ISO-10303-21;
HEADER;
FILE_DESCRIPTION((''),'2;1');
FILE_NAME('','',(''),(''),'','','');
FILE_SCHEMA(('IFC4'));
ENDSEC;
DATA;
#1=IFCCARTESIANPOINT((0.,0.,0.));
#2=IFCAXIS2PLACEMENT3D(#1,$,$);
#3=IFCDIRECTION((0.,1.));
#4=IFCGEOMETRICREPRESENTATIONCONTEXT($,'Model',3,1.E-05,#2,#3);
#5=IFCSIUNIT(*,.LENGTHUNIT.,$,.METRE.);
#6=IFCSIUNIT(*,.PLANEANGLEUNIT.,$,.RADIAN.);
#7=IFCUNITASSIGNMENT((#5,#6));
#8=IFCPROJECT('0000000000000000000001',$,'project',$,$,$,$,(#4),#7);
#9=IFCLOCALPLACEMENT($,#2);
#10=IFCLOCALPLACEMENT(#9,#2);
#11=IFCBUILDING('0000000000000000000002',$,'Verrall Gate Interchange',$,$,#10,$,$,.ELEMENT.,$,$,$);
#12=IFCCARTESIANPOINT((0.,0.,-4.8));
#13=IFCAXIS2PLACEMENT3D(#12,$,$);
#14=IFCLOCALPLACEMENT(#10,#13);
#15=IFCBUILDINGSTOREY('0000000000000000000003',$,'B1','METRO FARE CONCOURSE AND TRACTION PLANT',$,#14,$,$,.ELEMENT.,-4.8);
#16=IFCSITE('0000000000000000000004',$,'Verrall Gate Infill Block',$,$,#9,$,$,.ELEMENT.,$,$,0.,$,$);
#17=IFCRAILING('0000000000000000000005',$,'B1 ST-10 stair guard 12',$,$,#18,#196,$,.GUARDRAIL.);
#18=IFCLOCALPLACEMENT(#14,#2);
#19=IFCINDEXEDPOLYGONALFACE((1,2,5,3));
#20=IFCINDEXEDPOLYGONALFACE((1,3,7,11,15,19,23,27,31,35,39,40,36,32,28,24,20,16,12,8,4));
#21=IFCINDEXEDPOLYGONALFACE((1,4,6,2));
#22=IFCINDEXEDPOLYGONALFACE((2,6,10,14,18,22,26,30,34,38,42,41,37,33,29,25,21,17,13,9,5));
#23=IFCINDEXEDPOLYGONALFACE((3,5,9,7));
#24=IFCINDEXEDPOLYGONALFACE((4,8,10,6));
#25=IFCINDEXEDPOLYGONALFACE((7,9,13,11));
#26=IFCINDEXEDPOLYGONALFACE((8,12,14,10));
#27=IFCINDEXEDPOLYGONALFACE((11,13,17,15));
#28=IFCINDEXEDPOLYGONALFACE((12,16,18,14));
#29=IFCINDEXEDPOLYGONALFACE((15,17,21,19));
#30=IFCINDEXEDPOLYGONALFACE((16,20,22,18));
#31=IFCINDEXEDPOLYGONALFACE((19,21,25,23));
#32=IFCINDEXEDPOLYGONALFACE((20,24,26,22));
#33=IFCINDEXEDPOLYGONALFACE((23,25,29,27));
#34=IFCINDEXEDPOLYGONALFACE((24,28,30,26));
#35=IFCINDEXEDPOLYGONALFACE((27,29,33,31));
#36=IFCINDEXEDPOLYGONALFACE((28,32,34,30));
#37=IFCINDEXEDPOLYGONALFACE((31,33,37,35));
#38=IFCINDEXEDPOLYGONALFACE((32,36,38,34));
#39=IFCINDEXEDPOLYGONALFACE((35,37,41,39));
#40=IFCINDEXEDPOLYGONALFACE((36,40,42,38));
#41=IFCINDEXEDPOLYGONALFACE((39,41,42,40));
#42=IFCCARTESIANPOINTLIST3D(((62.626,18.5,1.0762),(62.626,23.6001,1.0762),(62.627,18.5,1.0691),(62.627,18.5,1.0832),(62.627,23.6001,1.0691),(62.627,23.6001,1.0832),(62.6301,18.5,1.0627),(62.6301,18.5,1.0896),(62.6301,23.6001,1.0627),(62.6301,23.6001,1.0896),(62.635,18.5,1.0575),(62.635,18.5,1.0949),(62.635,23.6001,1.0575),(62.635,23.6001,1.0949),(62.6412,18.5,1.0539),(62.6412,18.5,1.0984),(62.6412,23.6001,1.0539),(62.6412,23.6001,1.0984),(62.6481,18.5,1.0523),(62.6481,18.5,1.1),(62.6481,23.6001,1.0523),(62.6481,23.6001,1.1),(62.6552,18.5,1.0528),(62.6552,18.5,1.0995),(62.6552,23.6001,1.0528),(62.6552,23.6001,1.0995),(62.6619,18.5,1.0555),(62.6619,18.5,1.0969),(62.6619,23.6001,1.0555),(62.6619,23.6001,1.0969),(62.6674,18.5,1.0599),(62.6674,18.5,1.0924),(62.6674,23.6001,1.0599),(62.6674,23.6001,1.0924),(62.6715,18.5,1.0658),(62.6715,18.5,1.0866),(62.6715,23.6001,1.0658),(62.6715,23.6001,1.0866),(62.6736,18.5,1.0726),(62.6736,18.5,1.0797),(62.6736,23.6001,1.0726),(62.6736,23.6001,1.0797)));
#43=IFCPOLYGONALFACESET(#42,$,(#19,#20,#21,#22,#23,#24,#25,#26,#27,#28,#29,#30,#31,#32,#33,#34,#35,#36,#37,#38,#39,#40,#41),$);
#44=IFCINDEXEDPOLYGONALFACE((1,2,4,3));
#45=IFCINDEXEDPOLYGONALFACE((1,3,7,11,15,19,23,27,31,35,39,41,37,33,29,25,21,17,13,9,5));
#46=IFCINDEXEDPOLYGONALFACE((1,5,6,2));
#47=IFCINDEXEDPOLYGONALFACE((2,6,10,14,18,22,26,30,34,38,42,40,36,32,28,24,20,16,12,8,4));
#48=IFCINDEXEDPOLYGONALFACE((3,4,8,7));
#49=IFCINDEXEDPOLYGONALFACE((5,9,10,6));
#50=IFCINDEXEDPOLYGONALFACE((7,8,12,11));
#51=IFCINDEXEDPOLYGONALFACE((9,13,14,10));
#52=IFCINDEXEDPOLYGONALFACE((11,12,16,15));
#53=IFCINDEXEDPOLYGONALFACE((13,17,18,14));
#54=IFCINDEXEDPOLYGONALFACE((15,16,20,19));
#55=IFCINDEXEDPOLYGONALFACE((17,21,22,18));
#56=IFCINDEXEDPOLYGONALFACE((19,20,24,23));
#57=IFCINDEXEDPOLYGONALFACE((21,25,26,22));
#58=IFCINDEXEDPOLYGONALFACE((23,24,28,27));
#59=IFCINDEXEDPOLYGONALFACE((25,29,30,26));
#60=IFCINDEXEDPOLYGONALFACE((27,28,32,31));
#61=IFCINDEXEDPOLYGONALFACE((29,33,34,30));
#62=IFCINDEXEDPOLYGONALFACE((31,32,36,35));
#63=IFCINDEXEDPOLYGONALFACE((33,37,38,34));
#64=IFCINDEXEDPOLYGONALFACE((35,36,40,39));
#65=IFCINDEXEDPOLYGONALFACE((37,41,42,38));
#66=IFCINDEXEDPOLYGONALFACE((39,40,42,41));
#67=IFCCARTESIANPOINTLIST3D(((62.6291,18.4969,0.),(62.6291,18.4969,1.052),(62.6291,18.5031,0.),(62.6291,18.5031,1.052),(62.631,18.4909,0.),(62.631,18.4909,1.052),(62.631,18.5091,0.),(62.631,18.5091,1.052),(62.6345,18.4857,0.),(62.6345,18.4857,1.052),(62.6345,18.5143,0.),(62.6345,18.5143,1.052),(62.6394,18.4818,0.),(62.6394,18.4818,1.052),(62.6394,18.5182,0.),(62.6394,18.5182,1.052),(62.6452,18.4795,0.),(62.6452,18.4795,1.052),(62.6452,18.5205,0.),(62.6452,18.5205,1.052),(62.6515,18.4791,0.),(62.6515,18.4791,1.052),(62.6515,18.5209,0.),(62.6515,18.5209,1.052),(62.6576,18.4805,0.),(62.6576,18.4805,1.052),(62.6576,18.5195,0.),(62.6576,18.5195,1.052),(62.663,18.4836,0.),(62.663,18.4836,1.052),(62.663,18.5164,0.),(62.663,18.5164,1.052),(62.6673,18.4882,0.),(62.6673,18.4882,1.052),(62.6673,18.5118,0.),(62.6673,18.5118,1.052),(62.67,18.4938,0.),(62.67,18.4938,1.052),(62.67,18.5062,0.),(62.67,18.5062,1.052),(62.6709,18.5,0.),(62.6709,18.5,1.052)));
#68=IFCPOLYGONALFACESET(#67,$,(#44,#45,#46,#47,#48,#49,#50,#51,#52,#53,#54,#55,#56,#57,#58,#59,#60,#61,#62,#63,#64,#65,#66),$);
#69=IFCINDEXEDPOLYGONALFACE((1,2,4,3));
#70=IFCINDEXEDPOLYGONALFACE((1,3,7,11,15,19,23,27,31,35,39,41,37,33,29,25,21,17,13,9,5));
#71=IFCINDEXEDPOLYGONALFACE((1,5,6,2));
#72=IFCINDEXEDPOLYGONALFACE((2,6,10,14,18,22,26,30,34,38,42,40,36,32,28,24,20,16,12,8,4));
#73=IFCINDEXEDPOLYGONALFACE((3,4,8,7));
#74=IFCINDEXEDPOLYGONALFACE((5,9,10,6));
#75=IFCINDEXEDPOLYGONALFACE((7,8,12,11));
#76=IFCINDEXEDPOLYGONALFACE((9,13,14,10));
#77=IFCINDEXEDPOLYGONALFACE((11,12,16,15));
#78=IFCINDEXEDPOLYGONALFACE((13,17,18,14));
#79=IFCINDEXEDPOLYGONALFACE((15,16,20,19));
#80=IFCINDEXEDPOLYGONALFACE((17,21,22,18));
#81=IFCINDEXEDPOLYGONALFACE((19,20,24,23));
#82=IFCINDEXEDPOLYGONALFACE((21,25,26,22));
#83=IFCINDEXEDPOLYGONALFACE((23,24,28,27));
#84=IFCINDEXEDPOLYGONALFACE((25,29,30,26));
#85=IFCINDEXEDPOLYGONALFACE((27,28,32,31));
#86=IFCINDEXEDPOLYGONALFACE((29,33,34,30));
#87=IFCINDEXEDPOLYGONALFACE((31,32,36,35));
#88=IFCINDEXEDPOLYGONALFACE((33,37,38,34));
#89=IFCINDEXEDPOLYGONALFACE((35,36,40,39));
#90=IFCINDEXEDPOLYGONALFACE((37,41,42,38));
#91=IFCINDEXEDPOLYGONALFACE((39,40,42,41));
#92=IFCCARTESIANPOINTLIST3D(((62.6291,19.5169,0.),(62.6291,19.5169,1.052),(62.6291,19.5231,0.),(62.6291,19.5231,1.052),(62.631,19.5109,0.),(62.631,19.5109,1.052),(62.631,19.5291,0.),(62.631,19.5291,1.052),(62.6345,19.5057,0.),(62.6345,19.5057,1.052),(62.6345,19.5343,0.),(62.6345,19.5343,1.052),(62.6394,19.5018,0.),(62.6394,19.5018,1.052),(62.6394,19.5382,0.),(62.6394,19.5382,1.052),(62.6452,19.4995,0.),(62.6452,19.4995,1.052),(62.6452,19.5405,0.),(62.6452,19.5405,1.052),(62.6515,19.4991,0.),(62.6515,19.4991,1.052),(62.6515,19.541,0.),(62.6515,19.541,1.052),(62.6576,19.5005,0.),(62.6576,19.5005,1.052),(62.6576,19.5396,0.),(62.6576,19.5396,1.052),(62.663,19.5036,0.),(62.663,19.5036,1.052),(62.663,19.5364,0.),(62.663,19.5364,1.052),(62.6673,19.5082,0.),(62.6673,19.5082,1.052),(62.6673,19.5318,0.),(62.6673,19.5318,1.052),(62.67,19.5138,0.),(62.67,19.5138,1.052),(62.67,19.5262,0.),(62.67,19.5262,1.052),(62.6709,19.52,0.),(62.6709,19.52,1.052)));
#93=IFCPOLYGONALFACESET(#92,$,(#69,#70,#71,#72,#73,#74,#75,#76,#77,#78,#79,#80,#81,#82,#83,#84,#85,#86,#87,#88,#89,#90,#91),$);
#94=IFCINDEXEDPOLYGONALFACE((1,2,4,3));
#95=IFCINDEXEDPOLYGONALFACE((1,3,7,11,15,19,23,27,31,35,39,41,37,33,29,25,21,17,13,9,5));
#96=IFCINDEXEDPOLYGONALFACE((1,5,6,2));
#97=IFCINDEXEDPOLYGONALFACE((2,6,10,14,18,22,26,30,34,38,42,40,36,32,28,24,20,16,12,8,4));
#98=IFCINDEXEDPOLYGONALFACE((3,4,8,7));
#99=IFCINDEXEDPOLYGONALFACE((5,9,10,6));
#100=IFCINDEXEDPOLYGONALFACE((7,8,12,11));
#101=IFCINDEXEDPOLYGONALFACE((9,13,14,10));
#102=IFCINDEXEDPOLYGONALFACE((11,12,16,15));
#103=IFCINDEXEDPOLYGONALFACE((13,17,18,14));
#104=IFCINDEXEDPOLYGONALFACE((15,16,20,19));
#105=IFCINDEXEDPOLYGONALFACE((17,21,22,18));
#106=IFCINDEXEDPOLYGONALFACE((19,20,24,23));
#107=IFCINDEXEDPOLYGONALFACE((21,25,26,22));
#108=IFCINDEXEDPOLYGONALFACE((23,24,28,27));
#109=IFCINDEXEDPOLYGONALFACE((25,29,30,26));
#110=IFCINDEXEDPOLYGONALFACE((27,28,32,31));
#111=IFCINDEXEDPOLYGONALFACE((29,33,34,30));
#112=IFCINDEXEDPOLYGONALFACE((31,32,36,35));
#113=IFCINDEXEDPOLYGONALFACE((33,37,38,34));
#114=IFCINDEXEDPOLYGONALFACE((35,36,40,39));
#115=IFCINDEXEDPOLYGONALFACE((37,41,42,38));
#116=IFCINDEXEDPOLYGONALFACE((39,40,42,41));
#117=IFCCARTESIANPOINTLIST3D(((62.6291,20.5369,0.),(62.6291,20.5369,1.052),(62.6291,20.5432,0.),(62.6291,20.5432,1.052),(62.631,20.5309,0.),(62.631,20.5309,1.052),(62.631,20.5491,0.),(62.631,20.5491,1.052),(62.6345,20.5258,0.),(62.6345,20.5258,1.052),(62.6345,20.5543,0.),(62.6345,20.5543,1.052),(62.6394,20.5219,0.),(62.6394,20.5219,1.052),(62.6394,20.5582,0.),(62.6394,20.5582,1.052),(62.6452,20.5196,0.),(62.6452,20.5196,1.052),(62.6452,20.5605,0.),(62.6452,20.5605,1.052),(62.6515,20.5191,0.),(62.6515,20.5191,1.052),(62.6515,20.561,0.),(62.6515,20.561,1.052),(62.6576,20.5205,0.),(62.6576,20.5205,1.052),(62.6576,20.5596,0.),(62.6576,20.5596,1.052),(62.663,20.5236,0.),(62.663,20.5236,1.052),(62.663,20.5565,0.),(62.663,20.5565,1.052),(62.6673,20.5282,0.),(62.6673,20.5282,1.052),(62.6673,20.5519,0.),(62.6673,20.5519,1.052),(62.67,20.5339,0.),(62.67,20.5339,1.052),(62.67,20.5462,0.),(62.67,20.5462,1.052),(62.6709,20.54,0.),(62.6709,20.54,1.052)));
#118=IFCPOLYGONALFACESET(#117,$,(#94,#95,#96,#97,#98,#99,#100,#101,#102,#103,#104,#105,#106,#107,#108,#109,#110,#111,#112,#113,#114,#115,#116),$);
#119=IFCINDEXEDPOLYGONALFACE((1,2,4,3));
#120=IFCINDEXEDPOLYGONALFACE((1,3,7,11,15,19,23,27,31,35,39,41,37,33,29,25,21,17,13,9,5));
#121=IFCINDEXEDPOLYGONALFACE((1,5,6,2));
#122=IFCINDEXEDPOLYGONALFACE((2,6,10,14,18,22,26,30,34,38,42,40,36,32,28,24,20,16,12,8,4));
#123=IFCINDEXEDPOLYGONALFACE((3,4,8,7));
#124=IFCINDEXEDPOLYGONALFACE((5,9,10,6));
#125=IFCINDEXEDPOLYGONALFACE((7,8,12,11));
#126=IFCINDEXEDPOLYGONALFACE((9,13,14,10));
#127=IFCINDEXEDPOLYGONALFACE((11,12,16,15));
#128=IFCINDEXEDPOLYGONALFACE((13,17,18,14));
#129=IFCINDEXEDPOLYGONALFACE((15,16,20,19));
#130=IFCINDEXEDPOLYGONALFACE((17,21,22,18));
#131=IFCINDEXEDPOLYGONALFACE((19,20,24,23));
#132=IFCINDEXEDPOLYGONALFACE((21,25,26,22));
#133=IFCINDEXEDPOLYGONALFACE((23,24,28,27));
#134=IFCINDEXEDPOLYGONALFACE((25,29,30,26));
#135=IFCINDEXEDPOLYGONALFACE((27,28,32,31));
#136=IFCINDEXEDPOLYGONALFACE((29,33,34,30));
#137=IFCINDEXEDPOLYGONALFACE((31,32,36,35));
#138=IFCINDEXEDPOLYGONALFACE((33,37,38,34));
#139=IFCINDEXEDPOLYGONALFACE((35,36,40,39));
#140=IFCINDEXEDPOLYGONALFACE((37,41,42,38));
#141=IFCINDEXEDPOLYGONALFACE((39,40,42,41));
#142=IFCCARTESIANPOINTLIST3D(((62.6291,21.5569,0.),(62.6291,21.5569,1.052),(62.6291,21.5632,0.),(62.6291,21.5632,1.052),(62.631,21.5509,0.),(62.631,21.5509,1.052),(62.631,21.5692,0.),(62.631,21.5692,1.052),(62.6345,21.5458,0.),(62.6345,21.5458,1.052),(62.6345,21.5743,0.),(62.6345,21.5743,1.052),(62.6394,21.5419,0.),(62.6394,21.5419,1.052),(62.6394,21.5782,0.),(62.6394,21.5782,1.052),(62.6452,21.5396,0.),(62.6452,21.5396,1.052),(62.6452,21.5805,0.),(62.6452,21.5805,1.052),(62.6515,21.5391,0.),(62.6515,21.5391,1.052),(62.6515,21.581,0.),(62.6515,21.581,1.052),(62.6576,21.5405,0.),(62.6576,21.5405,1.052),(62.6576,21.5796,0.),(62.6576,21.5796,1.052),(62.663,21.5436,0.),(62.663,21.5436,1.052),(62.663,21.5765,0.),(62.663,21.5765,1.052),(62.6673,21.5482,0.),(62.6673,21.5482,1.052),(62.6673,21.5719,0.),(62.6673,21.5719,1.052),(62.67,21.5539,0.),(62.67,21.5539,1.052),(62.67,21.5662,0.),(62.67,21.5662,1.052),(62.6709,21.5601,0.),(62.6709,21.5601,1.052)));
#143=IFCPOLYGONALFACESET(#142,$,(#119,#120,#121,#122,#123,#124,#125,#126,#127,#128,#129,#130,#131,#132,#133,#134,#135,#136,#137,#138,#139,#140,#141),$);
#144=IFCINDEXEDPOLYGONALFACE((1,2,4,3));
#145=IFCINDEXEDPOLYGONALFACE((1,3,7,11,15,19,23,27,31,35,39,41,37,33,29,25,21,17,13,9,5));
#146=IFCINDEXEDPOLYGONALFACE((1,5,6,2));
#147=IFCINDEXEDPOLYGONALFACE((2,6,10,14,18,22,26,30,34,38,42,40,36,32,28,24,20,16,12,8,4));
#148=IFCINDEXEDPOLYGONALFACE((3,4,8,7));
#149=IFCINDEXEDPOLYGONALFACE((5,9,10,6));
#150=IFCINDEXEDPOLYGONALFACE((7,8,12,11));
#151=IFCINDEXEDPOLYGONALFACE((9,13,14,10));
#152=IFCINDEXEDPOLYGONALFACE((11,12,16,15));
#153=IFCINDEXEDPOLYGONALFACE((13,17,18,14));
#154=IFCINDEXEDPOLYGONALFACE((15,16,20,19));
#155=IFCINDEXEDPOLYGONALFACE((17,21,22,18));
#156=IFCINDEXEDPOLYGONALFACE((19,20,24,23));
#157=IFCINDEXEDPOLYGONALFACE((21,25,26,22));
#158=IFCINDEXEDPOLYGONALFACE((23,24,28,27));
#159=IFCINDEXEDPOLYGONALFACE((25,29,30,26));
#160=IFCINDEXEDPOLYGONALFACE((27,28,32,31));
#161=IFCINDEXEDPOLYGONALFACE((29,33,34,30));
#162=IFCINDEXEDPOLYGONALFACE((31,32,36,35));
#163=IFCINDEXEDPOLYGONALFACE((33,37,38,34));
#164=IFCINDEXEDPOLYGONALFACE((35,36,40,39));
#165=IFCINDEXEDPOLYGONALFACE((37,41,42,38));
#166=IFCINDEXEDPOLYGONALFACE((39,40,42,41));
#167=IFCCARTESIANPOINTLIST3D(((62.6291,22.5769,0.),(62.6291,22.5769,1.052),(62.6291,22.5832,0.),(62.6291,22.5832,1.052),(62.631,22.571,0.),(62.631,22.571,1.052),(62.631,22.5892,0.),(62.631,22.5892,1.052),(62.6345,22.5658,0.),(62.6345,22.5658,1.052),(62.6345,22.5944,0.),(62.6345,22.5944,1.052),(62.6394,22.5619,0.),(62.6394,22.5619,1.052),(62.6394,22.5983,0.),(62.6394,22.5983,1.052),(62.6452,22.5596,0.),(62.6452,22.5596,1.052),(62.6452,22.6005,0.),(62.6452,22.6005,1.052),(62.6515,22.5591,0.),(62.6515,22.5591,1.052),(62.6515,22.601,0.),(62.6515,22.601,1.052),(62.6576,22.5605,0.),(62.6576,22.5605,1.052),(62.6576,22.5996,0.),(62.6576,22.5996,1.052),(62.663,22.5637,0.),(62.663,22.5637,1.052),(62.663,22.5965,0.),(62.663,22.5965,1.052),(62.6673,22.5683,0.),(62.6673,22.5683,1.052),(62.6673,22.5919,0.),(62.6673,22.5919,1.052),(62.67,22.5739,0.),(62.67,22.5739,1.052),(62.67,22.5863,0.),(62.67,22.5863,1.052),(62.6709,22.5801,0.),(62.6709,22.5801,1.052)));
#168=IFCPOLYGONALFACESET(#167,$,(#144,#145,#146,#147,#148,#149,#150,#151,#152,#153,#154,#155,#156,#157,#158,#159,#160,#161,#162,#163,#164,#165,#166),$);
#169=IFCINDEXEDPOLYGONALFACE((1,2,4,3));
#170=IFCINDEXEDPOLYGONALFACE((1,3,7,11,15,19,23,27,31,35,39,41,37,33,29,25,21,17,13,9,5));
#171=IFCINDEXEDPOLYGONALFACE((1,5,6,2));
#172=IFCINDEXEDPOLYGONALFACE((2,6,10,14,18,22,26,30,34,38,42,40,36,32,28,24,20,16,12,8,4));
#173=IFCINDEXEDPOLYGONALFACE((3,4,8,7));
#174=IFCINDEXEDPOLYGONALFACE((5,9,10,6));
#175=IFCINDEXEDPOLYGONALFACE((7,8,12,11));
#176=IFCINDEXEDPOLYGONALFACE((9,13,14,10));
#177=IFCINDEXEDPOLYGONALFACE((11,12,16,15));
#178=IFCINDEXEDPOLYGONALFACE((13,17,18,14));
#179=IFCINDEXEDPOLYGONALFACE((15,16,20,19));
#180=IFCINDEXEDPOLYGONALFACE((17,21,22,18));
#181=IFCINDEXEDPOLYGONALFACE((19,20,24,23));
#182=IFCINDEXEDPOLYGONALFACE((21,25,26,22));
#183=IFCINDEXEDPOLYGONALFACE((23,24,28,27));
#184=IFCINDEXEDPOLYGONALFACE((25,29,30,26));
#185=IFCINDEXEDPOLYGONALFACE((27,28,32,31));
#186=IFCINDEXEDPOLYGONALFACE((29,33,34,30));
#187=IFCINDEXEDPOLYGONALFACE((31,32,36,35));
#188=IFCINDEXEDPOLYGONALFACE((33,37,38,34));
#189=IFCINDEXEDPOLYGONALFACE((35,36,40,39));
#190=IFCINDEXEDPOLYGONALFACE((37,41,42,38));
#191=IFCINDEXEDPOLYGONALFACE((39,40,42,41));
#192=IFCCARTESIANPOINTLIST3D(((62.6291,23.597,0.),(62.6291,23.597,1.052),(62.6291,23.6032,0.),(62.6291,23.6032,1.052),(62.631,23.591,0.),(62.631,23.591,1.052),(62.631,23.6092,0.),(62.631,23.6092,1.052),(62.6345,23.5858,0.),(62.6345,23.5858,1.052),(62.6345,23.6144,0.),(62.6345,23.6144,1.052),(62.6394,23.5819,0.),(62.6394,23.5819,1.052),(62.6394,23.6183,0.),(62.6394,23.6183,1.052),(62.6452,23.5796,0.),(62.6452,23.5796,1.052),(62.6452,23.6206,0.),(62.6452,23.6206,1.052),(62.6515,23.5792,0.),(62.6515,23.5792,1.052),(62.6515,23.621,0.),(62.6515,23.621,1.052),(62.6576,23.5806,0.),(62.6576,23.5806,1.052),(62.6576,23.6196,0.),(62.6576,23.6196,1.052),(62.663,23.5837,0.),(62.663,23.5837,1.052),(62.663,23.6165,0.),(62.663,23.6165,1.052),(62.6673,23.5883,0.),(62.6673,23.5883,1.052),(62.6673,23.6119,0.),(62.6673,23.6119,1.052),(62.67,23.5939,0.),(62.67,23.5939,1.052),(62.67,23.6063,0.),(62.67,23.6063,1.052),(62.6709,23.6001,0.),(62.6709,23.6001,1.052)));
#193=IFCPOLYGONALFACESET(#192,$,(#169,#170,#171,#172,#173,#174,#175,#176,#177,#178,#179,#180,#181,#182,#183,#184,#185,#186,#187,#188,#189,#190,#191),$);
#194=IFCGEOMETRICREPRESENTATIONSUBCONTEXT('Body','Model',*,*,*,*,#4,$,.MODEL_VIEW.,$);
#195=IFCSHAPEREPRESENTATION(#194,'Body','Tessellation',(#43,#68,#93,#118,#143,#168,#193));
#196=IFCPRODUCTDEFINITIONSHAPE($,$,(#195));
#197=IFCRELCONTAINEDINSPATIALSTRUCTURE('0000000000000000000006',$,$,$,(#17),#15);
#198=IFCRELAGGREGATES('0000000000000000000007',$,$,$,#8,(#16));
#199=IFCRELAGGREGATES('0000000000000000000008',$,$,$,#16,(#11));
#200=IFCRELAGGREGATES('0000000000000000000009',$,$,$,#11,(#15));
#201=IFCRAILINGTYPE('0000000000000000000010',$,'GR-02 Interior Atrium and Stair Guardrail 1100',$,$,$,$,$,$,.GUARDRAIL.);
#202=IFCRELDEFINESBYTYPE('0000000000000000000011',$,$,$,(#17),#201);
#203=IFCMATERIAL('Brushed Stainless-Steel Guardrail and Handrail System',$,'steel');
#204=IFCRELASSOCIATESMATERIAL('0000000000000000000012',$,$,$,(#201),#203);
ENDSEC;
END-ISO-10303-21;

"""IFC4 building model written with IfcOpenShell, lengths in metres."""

from ifc_helpers import new_model, si_unit, direction, frame, origin, origin_2d, place, context, subcontext, project, spatial, circle, extrude, material, type_object, element, save


model = new_model("IFC4")

# Units and contexts
model_context = context("Model", 3, precision=1e-05, world=origin(), true_north=direction((0.0, 1.0)))
body_context = subcontext(model_context, "Body", "Model", "MODEL_VIEW")
ifc_project = project(units=[si_unit("LENGTHUNIT", "METRE"), si_unit("PLANEANGLEUNIT", "RADIAN")], contexts=[model_context])

# Site, building, storey
site_placement = place(None, origin())
site = spatial("IfcSite", under=ifc_project, at=site_placement, Name="Verrall Gate Infill Block", CompositionType="ELEMENT", RefElevation=0.0)
building_placement = place(site_placement, origin())
building = spatial("IfcBuilding", under=site, at=building_placement, Name="Verrall Gate Interchange", CompositionType="ELEMENT")
storey_placement = place(building_placement, frame((0.0, 0.0, -4.8)))
storey = spatial("IfcBuildingStorey", under=building, at=storey_placement, Name="B1", Description="METRO FARE CONCOURSE AND TRACTION PLANT", CompositionType="ELEMENT", Elevation=-4.8)

# Railing
ifc_material_1 = material(Name="Brushed Stainless-Steel Guardrail and Handrail System", Category="steel")
railing_type = type_object("IfcRailingType", Name="GR-02 Interior Atrium and Stair Guardrail 1100", PredefinedType="GUARDRAIL", material=ifc_material_1)
railing_1_placement = place(storey_placement, frame((62.6499, 18.5, 0.0)))
element("IfcRailing", 1, at=railing_1_placement, inside=storey, type_object=railing_type, Name="B1 ST-10 stair guard 12", PredefinedType="GUARDRAIL", context=body_context, shape_type="SweptSolid", body=[
    extrude(circle(Radius=0.0239, at=origin_2d()), frame((0.0, 0.0, 1.0762), z_axis=(0.0, 1.0, 0.0), x_axis=(-1.0, 0.0, 0.0)), (0.0, 0.0, 1.0), 5.1001),
    extrude(circle(Radius=0.021, at=origin_2d()), origin(), (0.0, 0.0, 1.0), 1.052),
    extrude(circle(Radius=0.021, at=origin_2d()), frame((0.0, 1.02, 0.0)), (0.0, 0.0, 1.0), 1.052),
    extrude(circle(Radius=0.021, at=origin_2d()), frame((0.0, 2.04, 0.0)), (0.0, 0.0, 1.0), 1.052),
    extrude(circle(Radius=0.021, at=origin_2d()), frame((0.0, 3.0601, 0.0)), (0.0, 0.0, 1.0), 1.052),
    extrude(circle(Radius=0.021, at=origin_2d()), frame((0.0, 4.0801, 0.0)), (0.0, 0.0, 1.0), 1.052),
    extrude(circle(Radius=0.021, at=origin_2d()), frame((0.0, 5.1001, 0.0)), (0.0, 0.0, 1.0), 1.052),
])

save(model, "model.ifc")
